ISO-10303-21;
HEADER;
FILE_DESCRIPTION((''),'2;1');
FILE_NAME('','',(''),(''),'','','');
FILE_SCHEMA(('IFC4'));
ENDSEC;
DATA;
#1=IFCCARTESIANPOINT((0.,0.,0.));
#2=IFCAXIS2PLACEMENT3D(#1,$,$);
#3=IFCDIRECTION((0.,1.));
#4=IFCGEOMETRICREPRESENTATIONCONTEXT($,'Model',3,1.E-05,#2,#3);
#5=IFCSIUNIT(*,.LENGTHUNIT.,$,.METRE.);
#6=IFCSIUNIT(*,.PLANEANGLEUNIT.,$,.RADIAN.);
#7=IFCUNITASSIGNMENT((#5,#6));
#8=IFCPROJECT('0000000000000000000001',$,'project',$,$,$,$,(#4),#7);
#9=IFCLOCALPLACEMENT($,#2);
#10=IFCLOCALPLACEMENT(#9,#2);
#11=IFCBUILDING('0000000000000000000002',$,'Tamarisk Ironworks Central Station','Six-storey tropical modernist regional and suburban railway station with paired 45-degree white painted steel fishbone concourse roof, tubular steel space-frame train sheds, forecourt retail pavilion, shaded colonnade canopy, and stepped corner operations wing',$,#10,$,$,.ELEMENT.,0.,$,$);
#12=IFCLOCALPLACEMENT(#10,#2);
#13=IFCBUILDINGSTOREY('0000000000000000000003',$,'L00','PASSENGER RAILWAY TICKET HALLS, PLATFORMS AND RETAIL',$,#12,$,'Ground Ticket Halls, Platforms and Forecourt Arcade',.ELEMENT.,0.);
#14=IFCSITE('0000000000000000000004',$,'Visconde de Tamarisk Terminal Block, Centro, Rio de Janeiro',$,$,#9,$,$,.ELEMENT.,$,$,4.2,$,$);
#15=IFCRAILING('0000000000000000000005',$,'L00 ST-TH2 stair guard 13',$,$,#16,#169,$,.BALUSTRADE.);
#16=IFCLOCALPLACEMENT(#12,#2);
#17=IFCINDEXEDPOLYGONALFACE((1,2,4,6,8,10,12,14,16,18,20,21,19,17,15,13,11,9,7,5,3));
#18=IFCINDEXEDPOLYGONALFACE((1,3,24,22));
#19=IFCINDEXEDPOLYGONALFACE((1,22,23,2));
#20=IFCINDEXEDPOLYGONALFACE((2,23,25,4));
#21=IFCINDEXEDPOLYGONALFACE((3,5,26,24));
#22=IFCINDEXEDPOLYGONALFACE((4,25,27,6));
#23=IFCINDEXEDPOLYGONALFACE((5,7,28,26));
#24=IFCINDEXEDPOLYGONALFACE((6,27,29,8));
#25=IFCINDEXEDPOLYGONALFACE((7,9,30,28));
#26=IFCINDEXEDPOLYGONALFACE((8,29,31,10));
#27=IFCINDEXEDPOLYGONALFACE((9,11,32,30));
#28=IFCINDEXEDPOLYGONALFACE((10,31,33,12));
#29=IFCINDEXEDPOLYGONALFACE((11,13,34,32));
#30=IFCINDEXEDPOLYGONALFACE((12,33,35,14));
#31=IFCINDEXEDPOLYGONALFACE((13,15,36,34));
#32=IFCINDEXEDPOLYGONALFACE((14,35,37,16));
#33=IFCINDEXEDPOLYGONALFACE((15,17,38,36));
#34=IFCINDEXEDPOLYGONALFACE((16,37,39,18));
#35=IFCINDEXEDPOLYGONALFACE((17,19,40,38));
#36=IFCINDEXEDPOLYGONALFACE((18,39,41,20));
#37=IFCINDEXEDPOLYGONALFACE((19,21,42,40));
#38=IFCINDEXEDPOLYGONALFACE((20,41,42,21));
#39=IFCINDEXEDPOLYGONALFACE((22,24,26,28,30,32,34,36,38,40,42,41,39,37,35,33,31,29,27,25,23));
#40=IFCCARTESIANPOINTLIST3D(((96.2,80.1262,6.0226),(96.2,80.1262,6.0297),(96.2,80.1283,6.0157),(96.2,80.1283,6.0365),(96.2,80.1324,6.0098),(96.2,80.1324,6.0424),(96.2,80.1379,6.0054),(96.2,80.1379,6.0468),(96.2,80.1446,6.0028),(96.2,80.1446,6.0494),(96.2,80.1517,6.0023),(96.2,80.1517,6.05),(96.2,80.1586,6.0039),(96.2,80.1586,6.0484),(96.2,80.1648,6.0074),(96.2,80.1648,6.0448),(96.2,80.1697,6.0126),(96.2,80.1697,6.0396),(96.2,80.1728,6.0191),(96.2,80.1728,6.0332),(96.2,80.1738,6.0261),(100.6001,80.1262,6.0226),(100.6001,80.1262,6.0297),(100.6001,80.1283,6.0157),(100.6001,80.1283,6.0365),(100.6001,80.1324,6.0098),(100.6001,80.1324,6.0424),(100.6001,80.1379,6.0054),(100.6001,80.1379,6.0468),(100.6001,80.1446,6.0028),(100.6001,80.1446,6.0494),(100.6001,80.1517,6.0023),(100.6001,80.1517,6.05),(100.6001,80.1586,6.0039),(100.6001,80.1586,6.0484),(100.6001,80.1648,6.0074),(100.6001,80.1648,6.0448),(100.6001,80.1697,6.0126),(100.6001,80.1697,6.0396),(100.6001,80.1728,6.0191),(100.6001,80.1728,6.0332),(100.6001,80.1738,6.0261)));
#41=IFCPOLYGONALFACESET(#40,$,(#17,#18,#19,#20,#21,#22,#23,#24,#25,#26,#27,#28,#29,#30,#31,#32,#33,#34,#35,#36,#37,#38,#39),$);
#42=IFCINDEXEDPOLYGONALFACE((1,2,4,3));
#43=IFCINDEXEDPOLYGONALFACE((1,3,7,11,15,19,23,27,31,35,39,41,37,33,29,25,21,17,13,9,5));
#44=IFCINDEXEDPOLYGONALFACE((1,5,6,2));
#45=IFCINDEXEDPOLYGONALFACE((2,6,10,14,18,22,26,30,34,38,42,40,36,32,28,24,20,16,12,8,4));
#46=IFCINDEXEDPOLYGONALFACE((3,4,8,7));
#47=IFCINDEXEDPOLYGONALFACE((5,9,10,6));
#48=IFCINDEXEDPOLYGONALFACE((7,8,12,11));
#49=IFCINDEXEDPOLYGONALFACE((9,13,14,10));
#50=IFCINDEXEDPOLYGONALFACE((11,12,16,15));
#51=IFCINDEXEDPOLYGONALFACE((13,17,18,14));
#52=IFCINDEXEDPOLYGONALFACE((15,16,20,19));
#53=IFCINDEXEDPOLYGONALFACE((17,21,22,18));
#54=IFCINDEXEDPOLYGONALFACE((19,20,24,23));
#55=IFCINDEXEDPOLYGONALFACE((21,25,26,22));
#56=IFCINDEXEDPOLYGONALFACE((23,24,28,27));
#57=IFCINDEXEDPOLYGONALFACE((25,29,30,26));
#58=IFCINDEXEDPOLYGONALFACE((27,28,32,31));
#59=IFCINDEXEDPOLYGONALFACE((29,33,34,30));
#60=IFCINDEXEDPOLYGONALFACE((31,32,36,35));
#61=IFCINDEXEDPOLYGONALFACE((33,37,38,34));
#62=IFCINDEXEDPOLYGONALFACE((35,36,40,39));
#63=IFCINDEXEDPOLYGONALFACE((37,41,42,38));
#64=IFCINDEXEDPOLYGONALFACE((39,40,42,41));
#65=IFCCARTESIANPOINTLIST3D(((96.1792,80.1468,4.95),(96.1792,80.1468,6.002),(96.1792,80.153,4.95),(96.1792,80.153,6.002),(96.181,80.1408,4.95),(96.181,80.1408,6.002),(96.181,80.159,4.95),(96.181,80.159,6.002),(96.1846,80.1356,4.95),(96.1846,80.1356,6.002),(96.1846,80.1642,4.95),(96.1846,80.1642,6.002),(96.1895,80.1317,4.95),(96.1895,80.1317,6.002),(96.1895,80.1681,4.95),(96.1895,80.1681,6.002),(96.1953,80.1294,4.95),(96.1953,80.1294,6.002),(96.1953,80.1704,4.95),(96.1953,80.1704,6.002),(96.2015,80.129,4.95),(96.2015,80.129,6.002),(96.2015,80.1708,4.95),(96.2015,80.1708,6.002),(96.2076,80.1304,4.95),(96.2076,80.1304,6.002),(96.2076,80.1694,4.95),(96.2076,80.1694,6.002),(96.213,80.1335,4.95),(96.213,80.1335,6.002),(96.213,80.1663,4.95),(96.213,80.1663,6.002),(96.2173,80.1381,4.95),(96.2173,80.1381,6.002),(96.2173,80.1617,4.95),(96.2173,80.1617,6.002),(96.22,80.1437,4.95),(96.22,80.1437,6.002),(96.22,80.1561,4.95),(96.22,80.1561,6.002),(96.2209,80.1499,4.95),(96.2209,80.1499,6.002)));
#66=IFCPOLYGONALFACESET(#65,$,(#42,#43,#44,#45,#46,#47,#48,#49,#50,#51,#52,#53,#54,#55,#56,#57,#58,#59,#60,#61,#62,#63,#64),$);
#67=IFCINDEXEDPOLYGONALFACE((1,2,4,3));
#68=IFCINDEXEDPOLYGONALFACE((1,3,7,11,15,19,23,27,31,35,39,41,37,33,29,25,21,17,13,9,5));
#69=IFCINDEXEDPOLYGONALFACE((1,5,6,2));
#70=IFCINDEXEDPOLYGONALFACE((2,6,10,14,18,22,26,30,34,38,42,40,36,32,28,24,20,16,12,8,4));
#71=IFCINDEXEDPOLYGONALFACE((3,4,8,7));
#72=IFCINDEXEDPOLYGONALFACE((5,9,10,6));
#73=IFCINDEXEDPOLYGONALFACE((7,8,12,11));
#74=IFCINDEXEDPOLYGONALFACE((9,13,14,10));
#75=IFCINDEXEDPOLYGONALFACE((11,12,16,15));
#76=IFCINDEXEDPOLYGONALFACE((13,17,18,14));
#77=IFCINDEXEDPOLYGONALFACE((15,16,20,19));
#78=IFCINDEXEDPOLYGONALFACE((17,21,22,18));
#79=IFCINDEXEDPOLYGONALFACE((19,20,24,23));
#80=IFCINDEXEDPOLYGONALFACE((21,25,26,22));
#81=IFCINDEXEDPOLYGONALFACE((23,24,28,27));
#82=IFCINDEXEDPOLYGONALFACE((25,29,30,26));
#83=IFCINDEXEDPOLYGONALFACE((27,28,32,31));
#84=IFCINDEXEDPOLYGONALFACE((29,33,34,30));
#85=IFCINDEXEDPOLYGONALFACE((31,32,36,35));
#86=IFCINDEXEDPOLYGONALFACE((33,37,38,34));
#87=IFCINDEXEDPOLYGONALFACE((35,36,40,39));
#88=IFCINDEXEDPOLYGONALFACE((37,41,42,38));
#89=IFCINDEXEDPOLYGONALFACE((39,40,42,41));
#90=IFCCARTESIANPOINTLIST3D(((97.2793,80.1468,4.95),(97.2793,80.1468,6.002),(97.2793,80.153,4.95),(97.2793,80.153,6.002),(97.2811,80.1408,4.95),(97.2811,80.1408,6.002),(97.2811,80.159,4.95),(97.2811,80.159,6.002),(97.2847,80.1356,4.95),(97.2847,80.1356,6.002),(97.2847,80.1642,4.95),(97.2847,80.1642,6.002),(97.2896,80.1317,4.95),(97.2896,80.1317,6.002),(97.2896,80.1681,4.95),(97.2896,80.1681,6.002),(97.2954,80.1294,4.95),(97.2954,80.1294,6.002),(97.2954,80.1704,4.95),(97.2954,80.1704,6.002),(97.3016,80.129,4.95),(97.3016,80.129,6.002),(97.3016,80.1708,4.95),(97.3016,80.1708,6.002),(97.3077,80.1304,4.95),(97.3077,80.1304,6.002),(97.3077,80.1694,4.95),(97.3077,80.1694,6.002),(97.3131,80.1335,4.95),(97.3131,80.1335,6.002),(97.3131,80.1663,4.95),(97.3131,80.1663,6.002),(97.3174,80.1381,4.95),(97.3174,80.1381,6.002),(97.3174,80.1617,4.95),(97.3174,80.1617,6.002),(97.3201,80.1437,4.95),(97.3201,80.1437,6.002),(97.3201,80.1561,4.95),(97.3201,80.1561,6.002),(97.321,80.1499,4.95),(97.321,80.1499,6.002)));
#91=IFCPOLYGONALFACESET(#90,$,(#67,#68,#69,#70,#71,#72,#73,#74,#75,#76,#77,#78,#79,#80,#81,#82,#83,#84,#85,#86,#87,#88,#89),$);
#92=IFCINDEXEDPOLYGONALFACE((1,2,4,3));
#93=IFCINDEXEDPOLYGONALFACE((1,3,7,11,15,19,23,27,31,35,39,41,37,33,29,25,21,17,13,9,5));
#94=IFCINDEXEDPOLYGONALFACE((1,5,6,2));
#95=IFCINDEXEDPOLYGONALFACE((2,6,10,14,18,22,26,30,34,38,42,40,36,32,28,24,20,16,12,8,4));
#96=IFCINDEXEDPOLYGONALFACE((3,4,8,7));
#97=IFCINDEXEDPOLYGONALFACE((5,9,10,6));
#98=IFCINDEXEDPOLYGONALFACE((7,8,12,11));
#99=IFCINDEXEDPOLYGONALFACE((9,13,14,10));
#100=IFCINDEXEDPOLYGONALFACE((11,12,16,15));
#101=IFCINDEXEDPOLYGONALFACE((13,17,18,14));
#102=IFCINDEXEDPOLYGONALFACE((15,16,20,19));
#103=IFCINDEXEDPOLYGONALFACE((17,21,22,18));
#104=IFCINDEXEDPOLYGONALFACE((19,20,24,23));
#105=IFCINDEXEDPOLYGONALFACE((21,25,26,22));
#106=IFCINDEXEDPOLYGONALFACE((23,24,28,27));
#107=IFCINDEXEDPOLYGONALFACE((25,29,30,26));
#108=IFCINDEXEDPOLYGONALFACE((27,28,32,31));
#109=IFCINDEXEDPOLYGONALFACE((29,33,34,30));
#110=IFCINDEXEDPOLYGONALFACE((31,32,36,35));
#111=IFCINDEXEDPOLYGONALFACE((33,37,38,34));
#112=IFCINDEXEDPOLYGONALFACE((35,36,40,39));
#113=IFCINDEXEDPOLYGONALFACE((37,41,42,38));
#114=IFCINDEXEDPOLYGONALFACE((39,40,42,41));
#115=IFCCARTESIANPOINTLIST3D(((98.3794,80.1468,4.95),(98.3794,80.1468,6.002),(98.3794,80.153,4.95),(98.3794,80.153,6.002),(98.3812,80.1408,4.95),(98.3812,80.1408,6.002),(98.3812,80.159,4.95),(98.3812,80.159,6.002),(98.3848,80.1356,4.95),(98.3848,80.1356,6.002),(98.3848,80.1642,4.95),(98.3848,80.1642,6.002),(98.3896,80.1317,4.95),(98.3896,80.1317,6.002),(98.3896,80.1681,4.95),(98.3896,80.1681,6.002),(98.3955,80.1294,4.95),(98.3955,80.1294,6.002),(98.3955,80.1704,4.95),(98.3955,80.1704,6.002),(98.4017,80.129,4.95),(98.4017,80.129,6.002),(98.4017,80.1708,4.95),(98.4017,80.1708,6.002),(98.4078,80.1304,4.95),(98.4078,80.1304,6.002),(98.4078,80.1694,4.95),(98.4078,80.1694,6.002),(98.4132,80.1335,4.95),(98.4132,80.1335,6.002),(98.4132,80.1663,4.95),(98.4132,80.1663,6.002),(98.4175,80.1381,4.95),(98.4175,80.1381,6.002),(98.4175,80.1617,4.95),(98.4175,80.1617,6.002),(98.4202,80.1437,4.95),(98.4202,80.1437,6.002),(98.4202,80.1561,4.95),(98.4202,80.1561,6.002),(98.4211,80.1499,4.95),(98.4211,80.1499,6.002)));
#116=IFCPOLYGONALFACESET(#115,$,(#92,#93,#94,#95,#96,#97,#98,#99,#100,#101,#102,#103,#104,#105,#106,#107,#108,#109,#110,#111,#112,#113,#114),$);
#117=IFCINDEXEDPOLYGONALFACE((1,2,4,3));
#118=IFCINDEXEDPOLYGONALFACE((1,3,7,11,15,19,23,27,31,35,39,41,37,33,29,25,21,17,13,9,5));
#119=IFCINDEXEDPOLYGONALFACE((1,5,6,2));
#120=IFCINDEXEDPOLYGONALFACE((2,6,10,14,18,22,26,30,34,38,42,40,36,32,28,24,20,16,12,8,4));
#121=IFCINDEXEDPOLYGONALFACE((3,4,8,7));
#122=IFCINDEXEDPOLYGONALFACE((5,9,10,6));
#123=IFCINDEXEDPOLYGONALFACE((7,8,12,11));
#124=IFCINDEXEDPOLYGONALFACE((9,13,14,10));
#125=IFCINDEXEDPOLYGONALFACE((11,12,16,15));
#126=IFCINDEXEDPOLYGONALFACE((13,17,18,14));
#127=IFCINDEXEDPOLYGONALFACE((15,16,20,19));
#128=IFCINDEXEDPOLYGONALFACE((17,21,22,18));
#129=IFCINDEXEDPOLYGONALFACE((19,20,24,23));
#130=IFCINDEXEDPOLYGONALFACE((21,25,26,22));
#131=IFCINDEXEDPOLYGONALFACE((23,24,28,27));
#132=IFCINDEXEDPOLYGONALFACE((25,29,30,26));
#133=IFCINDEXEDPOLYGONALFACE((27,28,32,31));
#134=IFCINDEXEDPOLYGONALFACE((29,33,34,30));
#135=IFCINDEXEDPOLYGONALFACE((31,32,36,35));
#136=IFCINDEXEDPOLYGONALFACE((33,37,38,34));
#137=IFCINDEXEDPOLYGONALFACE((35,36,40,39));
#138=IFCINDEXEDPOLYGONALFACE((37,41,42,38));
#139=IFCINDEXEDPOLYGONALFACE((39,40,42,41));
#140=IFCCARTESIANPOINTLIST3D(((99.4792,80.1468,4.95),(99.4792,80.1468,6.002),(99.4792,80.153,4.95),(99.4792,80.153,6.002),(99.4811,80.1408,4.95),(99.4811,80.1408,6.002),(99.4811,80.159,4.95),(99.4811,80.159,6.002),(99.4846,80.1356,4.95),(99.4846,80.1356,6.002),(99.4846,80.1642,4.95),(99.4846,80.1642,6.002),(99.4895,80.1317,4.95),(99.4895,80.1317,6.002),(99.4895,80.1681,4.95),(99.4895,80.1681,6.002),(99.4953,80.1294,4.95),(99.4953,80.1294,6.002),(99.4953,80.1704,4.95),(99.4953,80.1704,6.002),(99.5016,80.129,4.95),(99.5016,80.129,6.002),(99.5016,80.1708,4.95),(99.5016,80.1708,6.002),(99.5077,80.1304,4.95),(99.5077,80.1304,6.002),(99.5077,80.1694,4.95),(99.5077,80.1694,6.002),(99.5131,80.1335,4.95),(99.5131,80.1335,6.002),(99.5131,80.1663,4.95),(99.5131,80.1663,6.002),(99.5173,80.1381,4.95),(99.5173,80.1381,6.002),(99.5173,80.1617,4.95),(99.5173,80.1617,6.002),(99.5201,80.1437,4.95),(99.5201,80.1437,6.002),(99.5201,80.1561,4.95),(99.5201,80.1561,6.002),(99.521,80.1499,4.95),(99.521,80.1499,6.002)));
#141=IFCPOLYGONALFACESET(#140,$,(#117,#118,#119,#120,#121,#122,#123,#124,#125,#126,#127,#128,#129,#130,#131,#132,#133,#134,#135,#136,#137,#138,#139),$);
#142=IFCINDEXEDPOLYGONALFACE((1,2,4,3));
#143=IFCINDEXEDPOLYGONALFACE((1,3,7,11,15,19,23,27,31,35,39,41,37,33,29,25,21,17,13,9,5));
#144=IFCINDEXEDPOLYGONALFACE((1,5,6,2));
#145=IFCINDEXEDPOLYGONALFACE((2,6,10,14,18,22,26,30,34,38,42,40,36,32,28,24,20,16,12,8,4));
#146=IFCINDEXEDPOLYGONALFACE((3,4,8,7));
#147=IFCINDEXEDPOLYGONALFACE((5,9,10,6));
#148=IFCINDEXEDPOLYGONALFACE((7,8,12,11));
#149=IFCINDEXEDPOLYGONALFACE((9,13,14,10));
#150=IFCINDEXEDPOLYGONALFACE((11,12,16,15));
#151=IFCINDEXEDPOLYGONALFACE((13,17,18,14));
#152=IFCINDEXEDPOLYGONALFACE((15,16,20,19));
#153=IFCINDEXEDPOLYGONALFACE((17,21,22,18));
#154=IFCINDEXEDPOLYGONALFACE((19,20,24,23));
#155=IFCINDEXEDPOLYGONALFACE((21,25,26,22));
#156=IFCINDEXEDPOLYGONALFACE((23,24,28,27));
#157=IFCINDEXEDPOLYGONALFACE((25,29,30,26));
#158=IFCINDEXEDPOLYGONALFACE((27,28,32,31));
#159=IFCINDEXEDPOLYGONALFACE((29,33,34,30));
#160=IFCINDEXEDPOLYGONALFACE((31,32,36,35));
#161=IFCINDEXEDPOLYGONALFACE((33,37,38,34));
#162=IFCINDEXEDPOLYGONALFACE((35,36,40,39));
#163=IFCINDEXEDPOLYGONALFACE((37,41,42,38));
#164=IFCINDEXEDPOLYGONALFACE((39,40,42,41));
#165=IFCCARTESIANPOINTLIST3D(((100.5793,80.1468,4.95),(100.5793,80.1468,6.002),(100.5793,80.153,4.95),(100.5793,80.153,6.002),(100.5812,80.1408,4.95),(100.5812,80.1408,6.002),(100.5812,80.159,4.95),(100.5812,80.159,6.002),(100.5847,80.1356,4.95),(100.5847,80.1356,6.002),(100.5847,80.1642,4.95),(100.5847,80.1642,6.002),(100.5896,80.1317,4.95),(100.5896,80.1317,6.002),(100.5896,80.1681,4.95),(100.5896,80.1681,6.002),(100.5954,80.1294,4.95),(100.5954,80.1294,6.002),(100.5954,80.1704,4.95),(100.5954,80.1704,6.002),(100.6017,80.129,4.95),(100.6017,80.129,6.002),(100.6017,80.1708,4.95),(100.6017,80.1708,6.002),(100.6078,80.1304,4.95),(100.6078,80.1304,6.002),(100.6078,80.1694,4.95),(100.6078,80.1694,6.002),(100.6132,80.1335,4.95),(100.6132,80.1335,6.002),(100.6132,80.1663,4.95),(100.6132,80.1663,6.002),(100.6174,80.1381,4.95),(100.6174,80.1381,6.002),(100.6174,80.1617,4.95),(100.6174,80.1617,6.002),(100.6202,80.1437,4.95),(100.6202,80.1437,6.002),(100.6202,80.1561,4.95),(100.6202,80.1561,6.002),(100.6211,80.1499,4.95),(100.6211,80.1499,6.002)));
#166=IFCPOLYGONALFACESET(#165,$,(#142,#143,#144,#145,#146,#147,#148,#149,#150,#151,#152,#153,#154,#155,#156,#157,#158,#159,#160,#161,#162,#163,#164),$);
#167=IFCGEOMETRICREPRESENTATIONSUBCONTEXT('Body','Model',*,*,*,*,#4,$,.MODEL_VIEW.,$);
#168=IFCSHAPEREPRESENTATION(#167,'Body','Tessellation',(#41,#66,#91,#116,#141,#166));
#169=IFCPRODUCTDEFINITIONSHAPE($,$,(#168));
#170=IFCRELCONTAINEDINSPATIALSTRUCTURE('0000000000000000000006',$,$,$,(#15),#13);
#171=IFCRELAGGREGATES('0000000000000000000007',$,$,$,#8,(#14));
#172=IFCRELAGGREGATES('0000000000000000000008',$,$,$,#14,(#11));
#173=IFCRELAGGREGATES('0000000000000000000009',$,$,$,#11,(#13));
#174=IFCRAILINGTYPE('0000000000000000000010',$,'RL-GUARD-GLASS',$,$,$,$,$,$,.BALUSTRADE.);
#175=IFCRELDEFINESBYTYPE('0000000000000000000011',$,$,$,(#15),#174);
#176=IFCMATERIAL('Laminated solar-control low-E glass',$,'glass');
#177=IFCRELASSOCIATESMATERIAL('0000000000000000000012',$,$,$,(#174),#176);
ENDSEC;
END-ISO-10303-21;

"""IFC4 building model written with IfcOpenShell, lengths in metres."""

from ifc_helpers import new_model, si_unit, direction, frame, origin, origin_2d, place, context, subcontext, project, spatial, circle, extrude, material, type_object, element, save


model = new_model("IFC4")

# Units and contexts
model_context = context("Model", 3, precision=1e-05, world=origin(), true_north=direction((0.0, 1.0)))
body_context = subcontext(model_context, "Body", "Model", "MODEL_VIEW")
ifc_project = project(units=[si_unit("LENGTHUNIT", "METRE"), si_unit("PLANEANGLEUNIT", "RADIAN")], contexts=[model_context])

# Site, building, storey
site_placement = place(None, origin())
site = spatial("IfcSite", under=ifc_project, at=site_placement, Name="Visconde de Tamarisk Terminal Block, Centro, Rio de Janeiro", CompositionType="ELEMENT", RefElevation=4.2)
building_placement = place(site_placement, origin())
building = spatial("IfcBuilding", under=site, at=building_placement, Name="Tamarisk Ironworks Central Station", Description="Six-storey tropical modernist regional and suburban railway station with paired 45-degree white painted steel fishbone concourse roof, tubular steel space-frame train sheds, forecourt retail pavilion, shaded colonnade canopy, and stepped corner operations wing", CompositionType="ELEMENT", ElevationOfRefHeight=0.0)
storey_placement = place(building_placement, origin())
storey = spatial("IfcBuildingStorey", under=building, at=storey_placement, Name="L00", Description="PASSENGER RAILWAY TICKET HALLS, PLATFORMS AND RETAIL", LongName="Ground Ticket Halls, Platforms and Forecourt Arcade", CompositionType="ELEMENT", Elevation=0.0)

# Railing
ifc_material_1 = material(Name="Laminated solar-control low-E glass", Category="glass")
railing_type_1 = type_object("IfcRailingType", Name="RL-GUARD-GLASS", PredefinedType="BALUSTRADE", material=ifc_material_1)
for number, where, name in (
    (1, (96.2, 80.1499, 4.95), "L00 ST-TH2 stair guard 13"),
):
    element("IfcRailing", number, at=place(storey_placement, frame(where)), inside=storey, type_object=railing_type_1, Name=name, PredefinedType="BALUSTRADE", context=body_context, shape_type="SweptSolid", body=[
        extrude(circle(Radius=0.0239, at=origin_2d()), frame((0.0, 0.0, 1.0762), z_axis=(1.0, 0.0, 0.0), x_axis=(0.0, 1.0, 0.0)), (0.0, 0.0, 1.0), 4.4001),
        extrude(circle(Radius=0.021, at=origin_2d()), origin(), (0.0, 0.0, 1.0), 1.052),
        extrude(circle(Radius=0.021, at=origin_2d()), frame((1.1001, 0.0, 0.0)), (0.0, 0.0, 1.0), 1.052),
        extrude(circle(Radius=0.021, at=origin_2d()), frame((2.2002, 0.0, 0.0)), (0.0, 0.0, 1.0), 1.052),
        extrude(circle(Radius=0.021, at=origin_2d()), frame((3.3, 0.0, 0.0)), (0.0, 0.0, 1.0), 1.052),
        extrude(circle(Radius=0.021, at=origin_2d()), frame((4.4001, 0.0, 0.0)), (0.0, 0.0, 1.0), 1.052),
    ])

save(model, "model.ifc")
